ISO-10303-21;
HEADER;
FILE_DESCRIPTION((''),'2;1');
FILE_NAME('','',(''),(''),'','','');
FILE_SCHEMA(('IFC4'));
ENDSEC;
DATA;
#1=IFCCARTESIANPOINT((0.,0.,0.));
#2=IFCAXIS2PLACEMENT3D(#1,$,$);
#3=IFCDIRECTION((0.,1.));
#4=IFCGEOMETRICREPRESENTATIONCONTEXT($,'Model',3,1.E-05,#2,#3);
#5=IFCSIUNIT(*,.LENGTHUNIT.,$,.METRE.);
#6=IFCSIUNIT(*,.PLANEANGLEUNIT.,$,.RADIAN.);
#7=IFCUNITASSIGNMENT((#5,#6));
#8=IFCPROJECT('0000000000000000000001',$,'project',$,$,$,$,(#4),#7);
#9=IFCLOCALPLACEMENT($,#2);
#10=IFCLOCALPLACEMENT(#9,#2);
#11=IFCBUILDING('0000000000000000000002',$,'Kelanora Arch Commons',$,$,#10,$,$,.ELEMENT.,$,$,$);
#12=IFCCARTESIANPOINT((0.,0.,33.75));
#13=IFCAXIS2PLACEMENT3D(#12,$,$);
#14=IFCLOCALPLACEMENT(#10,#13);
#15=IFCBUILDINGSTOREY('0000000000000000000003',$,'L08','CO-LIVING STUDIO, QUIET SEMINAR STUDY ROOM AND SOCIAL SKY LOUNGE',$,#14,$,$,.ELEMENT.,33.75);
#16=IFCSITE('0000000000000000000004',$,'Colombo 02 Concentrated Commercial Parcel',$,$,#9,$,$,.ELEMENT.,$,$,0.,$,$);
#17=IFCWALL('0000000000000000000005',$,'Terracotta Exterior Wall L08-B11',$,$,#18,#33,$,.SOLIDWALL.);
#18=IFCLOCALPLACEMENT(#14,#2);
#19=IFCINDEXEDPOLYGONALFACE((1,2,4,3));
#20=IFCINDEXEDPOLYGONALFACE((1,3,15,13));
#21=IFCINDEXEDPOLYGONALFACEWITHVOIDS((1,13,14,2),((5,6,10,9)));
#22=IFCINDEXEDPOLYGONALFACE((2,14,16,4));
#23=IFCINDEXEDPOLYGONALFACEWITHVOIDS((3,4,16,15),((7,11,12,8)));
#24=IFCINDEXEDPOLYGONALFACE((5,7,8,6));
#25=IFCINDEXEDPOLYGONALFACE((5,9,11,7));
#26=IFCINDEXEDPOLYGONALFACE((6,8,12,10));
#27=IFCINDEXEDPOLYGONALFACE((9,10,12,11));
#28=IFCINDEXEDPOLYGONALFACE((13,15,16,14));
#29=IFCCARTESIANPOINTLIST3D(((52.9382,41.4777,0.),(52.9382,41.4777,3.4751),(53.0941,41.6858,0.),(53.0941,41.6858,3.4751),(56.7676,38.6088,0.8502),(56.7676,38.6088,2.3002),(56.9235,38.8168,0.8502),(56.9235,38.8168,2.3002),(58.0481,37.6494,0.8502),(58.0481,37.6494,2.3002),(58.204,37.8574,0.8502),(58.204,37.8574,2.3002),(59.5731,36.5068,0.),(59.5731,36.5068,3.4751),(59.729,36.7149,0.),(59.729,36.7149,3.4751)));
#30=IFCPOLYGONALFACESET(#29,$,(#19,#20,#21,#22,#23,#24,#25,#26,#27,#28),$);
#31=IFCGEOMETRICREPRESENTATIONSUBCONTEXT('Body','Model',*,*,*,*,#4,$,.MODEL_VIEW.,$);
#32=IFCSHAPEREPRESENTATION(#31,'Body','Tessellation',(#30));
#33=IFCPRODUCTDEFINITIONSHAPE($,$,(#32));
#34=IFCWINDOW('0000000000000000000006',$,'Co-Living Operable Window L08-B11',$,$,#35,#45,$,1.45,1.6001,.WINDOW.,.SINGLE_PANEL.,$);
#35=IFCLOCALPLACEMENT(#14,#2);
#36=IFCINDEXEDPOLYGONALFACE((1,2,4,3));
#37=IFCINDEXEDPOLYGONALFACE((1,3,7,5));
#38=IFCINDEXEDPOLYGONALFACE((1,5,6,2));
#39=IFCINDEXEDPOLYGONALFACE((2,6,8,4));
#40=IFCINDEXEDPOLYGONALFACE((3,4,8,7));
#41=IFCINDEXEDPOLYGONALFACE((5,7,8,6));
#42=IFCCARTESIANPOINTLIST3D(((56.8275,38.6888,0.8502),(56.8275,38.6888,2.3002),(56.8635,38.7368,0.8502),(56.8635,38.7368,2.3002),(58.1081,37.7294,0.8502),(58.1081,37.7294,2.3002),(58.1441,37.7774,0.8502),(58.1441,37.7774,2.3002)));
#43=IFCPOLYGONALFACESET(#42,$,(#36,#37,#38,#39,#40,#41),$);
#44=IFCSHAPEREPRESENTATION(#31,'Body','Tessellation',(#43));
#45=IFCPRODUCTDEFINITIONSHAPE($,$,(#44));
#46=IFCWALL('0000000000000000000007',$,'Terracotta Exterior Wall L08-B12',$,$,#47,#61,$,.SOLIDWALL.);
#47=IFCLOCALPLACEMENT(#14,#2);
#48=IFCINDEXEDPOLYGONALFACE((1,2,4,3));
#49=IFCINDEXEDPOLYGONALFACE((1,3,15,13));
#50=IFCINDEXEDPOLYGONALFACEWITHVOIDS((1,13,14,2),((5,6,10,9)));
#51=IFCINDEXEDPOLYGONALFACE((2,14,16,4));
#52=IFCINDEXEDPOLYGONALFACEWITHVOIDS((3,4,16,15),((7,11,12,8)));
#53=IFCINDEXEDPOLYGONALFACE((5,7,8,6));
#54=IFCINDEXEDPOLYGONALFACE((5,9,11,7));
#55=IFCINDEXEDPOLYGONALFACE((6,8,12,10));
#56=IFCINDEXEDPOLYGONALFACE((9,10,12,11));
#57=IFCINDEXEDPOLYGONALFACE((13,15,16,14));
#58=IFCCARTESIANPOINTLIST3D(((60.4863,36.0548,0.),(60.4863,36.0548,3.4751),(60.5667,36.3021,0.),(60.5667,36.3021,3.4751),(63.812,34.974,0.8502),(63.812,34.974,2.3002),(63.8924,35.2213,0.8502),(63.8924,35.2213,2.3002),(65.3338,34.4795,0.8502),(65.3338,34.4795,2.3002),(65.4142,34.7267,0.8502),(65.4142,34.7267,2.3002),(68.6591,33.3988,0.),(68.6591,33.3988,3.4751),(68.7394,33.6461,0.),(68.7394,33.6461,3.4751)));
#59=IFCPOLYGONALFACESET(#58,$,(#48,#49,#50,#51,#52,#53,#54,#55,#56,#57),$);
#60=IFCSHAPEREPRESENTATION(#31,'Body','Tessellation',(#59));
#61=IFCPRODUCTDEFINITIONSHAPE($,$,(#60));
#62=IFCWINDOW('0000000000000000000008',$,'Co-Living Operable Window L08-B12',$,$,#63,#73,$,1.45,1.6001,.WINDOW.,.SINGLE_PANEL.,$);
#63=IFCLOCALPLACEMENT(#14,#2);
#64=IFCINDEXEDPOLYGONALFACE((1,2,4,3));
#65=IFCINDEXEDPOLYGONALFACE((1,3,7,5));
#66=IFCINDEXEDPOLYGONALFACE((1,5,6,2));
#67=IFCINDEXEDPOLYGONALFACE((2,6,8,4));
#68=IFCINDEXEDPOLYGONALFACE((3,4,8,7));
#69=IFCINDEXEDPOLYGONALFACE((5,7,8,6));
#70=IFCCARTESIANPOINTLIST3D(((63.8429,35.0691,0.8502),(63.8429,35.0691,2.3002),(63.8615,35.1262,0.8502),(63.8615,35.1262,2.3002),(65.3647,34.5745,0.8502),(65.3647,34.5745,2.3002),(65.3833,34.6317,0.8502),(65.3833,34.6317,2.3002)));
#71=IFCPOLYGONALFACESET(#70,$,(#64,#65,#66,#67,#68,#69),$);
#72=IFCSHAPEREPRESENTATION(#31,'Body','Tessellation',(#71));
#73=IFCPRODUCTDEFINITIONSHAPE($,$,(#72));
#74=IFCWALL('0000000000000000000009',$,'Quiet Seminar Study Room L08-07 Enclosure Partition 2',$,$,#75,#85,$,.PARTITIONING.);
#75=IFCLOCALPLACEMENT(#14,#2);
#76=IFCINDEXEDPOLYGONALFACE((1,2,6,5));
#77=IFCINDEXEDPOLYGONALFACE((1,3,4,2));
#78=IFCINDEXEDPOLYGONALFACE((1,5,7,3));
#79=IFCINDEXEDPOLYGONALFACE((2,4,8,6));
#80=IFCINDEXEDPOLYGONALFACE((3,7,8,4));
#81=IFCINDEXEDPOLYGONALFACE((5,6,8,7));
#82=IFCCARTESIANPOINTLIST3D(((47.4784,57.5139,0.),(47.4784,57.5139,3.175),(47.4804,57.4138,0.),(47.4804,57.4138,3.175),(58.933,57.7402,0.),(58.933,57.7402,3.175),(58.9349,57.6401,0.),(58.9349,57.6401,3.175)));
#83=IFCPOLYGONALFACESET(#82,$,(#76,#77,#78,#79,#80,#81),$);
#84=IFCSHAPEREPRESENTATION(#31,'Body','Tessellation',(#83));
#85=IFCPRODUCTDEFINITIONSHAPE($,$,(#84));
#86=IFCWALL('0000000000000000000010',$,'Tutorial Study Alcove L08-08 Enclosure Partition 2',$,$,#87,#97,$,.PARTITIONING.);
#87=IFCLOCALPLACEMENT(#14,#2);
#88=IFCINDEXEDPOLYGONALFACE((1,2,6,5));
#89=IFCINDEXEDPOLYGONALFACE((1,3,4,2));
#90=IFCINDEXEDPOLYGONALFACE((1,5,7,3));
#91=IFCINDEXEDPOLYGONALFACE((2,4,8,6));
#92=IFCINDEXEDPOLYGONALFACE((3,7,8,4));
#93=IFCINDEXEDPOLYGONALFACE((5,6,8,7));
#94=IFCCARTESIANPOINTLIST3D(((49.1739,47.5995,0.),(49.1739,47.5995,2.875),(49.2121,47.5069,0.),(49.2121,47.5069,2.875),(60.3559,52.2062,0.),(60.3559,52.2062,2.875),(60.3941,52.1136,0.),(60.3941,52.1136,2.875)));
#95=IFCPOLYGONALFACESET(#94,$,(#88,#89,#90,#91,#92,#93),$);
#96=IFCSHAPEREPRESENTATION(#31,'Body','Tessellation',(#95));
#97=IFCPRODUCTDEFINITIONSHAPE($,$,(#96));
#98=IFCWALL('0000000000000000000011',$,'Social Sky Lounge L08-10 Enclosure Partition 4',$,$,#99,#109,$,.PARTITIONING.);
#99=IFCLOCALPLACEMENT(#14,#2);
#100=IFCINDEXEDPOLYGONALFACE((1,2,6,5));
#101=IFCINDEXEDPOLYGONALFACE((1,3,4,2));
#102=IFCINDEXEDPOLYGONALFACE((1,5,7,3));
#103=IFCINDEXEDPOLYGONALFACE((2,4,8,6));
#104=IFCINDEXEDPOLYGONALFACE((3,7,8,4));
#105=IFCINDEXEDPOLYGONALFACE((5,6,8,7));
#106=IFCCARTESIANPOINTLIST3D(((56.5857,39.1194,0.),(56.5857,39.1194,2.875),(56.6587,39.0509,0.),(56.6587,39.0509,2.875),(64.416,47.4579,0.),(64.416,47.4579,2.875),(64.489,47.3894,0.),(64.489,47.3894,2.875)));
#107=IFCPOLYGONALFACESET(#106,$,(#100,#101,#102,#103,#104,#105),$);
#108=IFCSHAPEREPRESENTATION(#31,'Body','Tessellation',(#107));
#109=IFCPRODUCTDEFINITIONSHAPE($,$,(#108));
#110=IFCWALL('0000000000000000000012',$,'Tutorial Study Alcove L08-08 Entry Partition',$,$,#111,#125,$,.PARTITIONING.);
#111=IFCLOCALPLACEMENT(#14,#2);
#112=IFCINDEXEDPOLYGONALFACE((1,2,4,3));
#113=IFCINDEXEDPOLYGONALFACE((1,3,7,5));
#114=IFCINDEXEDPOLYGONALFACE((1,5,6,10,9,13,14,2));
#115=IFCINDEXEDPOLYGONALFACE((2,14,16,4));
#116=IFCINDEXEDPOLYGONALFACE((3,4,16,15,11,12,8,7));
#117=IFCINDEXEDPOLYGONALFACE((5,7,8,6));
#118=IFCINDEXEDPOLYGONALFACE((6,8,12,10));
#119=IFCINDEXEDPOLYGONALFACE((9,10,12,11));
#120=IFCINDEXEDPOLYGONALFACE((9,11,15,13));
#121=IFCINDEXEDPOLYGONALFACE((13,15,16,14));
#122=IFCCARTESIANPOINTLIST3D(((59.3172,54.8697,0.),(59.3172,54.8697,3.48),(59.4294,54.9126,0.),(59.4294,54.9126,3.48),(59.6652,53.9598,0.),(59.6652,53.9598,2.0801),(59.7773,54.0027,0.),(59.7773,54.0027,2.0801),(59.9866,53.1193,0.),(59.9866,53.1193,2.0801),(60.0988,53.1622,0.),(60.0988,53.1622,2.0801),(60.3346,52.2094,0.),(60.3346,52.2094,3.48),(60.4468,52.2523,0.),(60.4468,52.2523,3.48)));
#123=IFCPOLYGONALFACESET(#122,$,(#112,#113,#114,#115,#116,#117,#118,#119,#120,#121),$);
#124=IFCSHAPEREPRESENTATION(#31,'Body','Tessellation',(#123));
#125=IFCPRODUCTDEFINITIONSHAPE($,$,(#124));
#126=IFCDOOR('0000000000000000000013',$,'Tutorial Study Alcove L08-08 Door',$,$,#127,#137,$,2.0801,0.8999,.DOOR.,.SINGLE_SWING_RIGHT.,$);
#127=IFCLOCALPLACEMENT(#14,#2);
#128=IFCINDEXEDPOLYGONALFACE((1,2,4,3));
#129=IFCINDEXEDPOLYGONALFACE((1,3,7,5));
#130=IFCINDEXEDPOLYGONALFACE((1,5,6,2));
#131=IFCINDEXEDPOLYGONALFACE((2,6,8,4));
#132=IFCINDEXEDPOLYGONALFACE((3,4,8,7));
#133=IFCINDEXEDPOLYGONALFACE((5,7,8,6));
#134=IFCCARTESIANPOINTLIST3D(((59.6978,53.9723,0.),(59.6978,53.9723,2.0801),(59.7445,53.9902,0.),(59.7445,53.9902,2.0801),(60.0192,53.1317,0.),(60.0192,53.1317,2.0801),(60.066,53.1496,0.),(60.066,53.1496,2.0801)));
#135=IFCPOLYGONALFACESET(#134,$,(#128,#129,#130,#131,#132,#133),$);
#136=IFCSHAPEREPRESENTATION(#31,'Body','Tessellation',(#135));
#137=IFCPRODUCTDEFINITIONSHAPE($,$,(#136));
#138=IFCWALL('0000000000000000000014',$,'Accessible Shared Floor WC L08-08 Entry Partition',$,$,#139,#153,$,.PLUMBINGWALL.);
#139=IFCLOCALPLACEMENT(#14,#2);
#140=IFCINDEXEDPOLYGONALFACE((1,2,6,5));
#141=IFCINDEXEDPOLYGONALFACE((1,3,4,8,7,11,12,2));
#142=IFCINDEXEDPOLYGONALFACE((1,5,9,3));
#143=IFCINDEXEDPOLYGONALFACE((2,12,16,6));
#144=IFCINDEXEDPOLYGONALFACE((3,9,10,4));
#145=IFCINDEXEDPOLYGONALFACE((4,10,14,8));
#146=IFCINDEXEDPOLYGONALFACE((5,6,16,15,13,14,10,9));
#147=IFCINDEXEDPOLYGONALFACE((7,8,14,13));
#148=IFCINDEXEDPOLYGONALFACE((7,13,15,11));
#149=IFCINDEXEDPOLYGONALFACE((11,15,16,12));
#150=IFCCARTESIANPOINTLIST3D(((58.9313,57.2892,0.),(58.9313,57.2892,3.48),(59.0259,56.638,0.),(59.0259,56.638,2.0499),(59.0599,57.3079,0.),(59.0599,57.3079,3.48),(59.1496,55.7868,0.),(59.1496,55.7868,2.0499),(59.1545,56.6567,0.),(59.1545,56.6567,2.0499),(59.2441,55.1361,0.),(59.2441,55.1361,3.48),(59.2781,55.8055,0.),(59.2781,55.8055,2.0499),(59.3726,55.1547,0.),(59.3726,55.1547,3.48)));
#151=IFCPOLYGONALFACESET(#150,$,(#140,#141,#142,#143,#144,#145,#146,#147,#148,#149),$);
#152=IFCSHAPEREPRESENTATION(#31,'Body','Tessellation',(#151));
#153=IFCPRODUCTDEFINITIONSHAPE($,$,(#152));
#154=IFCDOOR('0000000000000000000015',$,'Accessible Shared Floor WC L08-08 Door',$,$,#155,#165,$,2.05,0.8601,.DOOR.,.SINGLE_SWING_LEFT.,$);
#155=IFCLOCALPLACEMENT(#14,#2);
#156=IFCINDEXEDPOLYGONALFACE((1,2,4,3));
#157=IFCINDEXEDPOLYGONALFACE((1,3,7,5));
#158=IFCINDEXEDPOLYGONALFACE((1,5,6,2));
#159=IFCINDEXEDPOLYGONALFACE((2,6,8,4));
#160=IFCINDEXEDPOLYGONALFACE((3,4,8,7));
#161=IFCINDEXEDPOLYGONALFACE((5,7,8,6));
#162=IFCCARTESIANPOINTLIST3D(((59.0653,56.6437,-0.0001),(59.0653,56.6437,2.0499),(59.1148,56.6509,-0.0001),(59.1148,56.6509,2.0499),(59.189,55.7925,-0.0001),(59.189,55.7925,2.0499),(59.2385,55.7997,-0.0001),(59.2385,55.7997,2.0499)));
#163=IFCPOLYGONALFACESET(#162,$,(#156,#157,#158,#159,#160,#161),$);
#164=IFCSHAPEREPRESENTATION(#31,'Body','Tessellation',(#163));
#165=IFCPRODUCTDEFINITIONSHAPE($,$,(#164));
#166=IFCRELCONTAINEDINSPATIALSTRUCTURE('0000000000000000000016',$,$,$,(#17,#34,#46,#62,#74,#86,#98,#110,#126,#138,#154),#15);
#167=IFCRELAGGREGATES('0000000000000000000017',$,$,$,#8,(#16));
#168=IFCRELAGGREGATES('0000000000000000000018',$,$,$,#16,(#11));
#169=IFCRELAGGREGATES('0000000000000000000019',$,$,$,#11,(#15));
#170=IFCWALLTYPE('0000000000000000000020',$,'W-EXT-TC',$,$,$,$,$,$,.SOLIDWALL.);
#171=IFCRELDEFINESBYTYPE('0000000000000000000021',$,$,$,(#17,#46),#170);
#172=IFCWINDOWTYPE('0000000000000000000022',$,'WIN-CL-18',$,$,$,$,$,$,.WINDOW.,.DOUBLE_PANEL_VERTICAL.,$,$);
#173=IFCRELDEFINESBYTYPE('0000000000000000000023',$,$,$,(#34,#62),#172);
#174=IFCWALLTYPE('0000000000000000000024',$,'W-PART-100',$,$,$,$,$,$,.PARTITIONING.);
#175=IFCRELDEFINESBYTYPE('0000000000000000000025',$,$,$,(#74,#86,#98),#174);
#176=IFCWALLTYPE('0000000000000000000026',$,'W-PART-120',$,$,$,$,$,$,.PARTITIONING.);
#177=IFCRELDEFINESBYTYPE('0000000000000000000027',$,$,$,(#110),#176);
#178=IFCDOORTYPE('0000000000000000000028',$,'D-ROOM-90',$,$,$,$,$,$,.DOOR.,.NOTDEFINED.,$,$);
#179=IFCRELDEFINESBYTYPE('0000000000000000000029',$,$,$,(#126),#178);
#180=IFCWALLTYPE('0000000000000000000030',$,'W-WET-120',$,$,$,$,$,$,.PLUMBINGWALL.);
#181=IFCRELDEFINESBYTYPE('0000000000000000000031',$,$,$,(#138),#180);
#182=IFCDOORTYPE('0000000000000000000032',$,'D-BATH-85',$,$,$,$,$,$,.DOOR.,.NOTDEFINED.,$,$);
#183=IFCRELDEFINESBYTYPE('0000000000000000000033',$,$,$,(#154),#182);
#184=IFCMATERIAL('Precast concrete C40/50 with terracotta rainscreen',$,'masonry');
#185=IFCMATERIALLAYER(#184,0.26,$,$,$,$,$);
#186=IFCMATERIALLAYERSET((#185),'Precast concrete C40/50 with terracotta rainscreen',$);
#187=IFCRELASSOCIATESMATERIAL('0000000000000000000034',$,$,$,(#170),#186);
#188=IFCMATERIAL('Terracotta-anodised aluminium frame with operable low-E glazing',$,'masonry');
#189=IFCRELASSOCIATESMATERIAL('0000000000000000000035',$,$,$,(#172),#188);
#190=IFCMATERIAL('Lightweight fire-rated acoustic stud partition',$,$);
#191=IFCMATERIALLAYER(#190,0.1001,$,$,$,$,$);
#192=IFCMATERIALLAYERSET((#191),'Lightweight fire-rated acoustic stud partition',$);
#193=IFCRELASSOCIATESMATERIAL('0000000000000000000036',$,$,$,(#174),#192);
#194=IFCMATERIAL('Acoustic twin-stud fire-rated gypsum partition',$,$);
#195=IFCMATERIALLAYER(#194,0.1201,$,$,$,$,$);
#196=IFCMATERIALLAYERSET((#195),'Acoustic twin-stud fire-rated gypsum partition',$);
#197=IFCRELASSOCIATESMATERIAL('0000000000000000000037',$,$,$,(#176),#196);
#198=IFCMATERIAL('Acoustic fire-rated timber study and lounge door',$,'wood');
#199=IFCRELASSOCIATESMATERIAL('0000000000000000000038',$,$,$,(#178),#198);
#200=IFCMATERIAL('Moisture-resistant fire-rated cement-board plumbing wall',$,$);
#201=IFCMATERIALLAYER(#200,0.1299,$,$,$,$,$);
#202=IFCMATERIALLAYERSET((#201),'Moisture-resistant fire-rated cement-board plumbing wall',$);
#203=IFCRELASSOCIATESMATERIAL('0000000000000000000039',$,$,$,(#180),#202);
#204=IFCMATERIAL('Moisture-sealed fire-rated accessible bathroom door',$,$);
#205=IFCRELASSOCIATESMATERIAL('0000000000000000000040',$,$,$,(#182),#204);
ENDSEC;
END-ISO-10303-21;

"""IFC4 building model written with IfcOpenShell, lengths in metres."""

from ifc_helpers import new_model, si_unit, direction, frame, frame_2d, origin, place, context, subcontext, project, spatial, rectangle, extrude, material, layer, layer_set, type_object, element, fill, save


model = new_model("IFC4")

# Units and contexts
model_context = context("Model", 3, precision=1e-05, world=origin(), true_north=direction((0.0, 1.0)))
body_context = subcontext(model_context, "Body", "Model", "MODEL_VIEW")
ifc_project = project(units=[si_unit("LENGTHUNIT", "METRE"), si_unit("PLANEANGLEUNIT", "RADIAN")], contexts=[model_context])

# Site, building, storey
site_placement = place(None, origin())
site = spatial("IfcSite", under=ifc_project, at=site_placement, Name="Colombo 02 Concentrated Commercial Parcel", CompositionType="ELEMENT", RefElevation=0.0)
building_placement = place(site_placement, origin())
building = spatial("IfcBuilding", under=site, at=building_placement, Name="Kelanora Arch Commons", CompositionType="ELEMENT")
storey_placement = place(building_placement, frame((0.0, 0.0, 33.75)))
storey = spatial("IfcBuildingStorey", under=building, at=storey_placement, Name="L08", Description="CO-LIVING STUDIO, QUIET SEMINAR STUDY ROOM AND SOCIAL SKY LOUNGE", CompositionType="ELEMENT", Elevation=33.75)

# Walls, openings, windows
ifc_material_1 = material(Name="Precast concrete C40/50 with terracotta rainscreen", Category="masonry")
ifc_layer_1 = layer(ifc_material_1, 0.26)
ifc_layer_set_1 = layer_set([ifc_layer_1], Name="Precast concrete C40/50 with terracotta rainscreen")
wall_type_1 = type_object("IfcWallType", Name="W-EXT-TC", PredefinedType="SOLIDWALL", material=ifc_layer_set_1)
wall_1_placement = place(storey_placement, frame((53.0161, 41.5818, 0.0), z_axis=(0.0, 0.0, 1.0), x_axis=(0.800307, -0.59959, 0.0)))
wall_1 = element("IfcWall", 1, at=wall_1_placement, inside=storey, type_object=wall_type_1, Name="Terracotta Exterior Wall L08-B11", PredefinedType="SOLIDWALL", context=body_context, shape_type="SweptSolid", body=[
    extrude(rectangle(XDim=8.2905, YDim=0.26, at=frame_2d((4.1453, 0.0))), origin(), (0.0, 0.0, 1.0), 3.4751),
])
opening_1_placement = place(wall_1_placement, frame((4.7849, 0.0, 0.8501)))
opening_1 = element("IfcOpeningElement", 2, at=opening_1_placement, cuts=wall_1, PredefinedType="OPENING", context=body_context, shape_type="SweptSolid", body=[
    extrude(rectangle(XDim=1.6001, YDim=1.45, at=frame_2d((0.8, 0.7251))), frame((0.0, 0.1401, 0.0), z_axis=(0.0, -1.0, 0.0), x_axis=(1.0, 0.0, 0.0)), (0.0, 0.0, 1.0), 0.28),
])
ifc_material_2 = material(Name="Terracotta-anodised aluminium frame with operable low-E glazing", Category="masonry")
window_type = type_object("IfcWindowType", Name="WIN-CL-18", PartitioningType="DOUBLE_PANEL_VERTICAL", PredefinedType="WINDOW", material=ifc_material_2)
window_1_placement = place(opening_1_placement, origin())
window_1 = element("IfcWindow", 3, at=window_1_placement, inside=storey, type_object=window_type, Name="Co-Living Operable Window L08-B11", OverallHeight=1.45, OverallWidth=1.6001, PartitioningType="SINGLE_PANEL", PredefinedType="WINDOW", context=body_context, shape_type="SweptSolid", body=[
    extrude(rectangle(XDim=1.6001, YDim=1.45, at=frame_2d((0.8, 0.7251))), frame((0.0, 0.03, 0.0), z_axis=(0.0, -1.0, 0.0), x_axis=(1.0, 0.0, 0.0)), (0.0, 0.0, 1.0), 0.0601),
])
fill(opening_1, window_1)
wall_2_placement = place(storey_placement, frame((60.5264, 36.1785, 0.0), z_axis=(0.0, 0.0, 1.0), x_axis=(0.95104, -0.309068, 0.0)))
wall_2 = element("IfcWall", 4, at=wall_2_placement, inside=storey, type_object=wall_type_1, Name="Terracotta Exterior Wall L08-B12", PredefinedType="SOLIDWALL", context=body_context, shape_type="SweptSolid", body=[
    extrude(rectangle(XDim=8.5935, YDim=0.26, at=frame_2d((4.2969, 0.0))), origin(), (0.0, 0.0, 1.0), 3.4751),
])
opening_2_placement = place(wall_2_placement, frame((3.4971, 0.0, 0.8501)))
opening_2 = element("IfcOpeningElement", 5, at=opening_2_placement, cuts=wall_2, PredefinedType="OPENING", context=body_context, shape_type="SweptSolid", body=[
    extrude(rectangle(XDim=1.6001, YDim=1.45, at=frame_2d((0.8, 0.7251))), frame((0.0, 0.1401, 0.0), z_axis=(0.0, -1.0, 0.0), x_axis=(1.0, 0.0, 0.0)), (0.0, 0.0, 1.0), 0.28),
])
window_2_placement = place(opening_2_placement, origin())
window_2 = element("IfcWindow", 6, at=window_2_placement, inside=storey, type_object=window_type, Name="Co-Living Operable Window L08-B12", OverallHeight=1.45, OverallWidth=1.6001, PartitioningType="SINGLE_PANEL", PredefinedType="WINDOW", context=body_context, shape_type="SweptSolid", body=[
    extrude(rectangle(XDim=1.6001, YDim=1.45, at=frame_2d((0.8, 0.7251))), frame((0.0, 0.03, 0.0), z_axis=(0.0, -1.0, 0.0), x_axis=(1.0, 0.0, 0.0)), (0.0, 0.0, 1.0), 0.0601),
])
fill(opening_2, window_2)

# Walls
ifc_material_3 = material(Name="Lightweight fire-rated acoustic stud partition")
ifc_layer_2 = layer(ifc_material_3, 0.1001)
ifc_layer_set_2 = layer_set([ifc_layer_2], Name="Lightweight fire-rated acoustic stud partition")
wall_type_2 = type_object("IfcWallType", Name="W-PART-100", PredefinedType="PARTITIONING", material=ifc_layer_set_2)
wall_3_placement = place(storey_placement, frame((58.9341, 57.6902, 0.0), z_axis=(0.0, 0.0, 1.0), x_axis=(-0.999805, -0.019754, 0.0)))
element("IfcWall", 7, at=wall_3_placement, inside=storey, type_object=wall_type_2, Name="Quiet Seminar Study Room L08-07 Enclosure Partition 2", PredefinedType="PARTITIONING", context=body_context, shape_type="SweptSolid", body=[
    extrude(rectangle(XDim=11.4568, YDim=0.1001, at=frame_2d((5.7285, 0.0))), origin(), (0.0, 0.0, 1.0), 3.175),
])
wall_4_placement = place(storey_placement, frame((60.375, 52.1599, 0.0), z_axis=(0.0, 0.0, 1.0), x_axis=(-0.924609, -0.380918, 0.0)))
element("IfcWall", 8, at=wall_4_placement, inside=storey, type_object=wall_type_2, Name="Tutorial Study Alcove L08-08 Enclosure Partition 2", PredefinedType="PARTITIONING", context=body_context, shape_type="SweptSolid", body=[
    extrude(rectangle(XDim=12.0938, YDim=0.1001, at=frame_2d((6.0469, 0.0))), origin(), (0.0, 0.0, 1.0), 2.875),
])
wall_5_placement = place(storey_placement, frame((56.6223, 39.0852, 0.0), z_axis=(0.0, 0.0, 1.0), x_axis=(0.684539, 0.728976, 0.0)))
element("IfcWall", 9, at=wall_5_placement, inside=storey, type_object=wall_type_2, Name="Social Sky Lounge L08-10 Enclosure Partition 4", PredefinedType="PARTITIONING", context=body_context, shape_type="SweptSolid", body=[
    extrude(rectangle(XDim=11.4387, YDim=0.1001, at=frame_2d((5.7192, 0.0))), origin(), (0.0, 0.0, 1.0), 2.875),
])

# Walls, openings, doors
ifc_material_4 = material(Name="Acoustic twin-stud fire-rated gypsum partition")
ifc_layer_3 = layer(ifc_material_4, 0.1201)
ifc_layer_set_3 = layer_set([ifc_layer_3], Name="Acoustic twin-stud fire-rated gypsum partition")
wall_type_3 = type_object("IfcWallType", Name="W-PART-120", PredefinedType="PARTITIONING", material=ifc_layer_set_3)
wall_6_placement = place(storey_placement, frame((59.3733, 54.8911, 0.0), z_axis=(0.0, 0.0, 1.0), x_axis=(0.357203, -0.934027, 0.0)))
wall_6 = element("IfcWall", 10, at=wall_6_placement, inside=storey, type_object=wall_type_3, Name="Tutorial Study Alcove L08-08 Entry Partition", PredefinedType="PARTITIONING", context=body_context, shape_type="SweptSolid", body=[
    extrude(rectangle(XDim=2.8481, YDim=0.1201, at=frame_2d((1.4241, 0.0))), origin(), (0.0, 0.0, 1.0), 3.48),
])
opening_3_placement = place(wall_6_placement, frame((0.9741, 0.0, 0.0)))
opening_3 = element("IfcOpeningElement", 11, at=opening_3_placement, cuts=wall_6, PredefinedType="OPENING", context=body_context, shape_type="SweptSolid", body=[
    extrude(rectangle(XDim=0.8999, YDim=2.0801, at=frame_2d((0.45, 1.04))), frame((0.0, 0.0701, 0.0), z_axis=(0.0, -1.0, 0.0), x_axis=(1.0, 0.0, 0.0)), (0.0, 0.0, 1.0), 0.1401),
])
ifc_material_5 = material(Name="Acoustic fire-rated timber study and lounge door", Category="wood")
door_type_1 = type_object("IfcDoorType", Name="D-ROOM-90", OperationType="NOTDEFINED", PredefinedType="DOOR", material=ifc_material_5)
door_1_placement = place(opening_3_placement, origin())
door_1 = element("IfcDoor", 12, at=door_1_placement, inside=storey, type_object=door_type_1, Name="Tutorial Study Alcove L08-08 Door", OperationType="SINGLE_SWING_RIGHT", OverallHeight=2.0801, OverallWidth=0.8999, PredefinedType="DOOR", context=body_context, shape_type="SweptSolid", body=[
    extrude(rectangle(XDim=0.8999, YDim=2.0801, at=frame_2d((0.45, 1.04))), frame((0.0, 0.0249, 0.0), z_axis=(0.0, -1.0, 0.0), x_axis=(1.0, 0.0, 0.0)), (0.0, 0.0, 1.0), 0.05),
])
fill(opening_3, door_1)
ifc_material_6 = material(Name="Moisture-resistant fire-rated cement-board plumbing wall")
ifc_layer_4 = layer(ifc_material_6, 0.1299)
ifc_layer_set_4 = layer_set([ifc_layer_4], Name="Moisture-resistant fire-rated cement-board plumbing wall")
wall_type_4 = type_object("IfcWallType", Name="W-WET-120", PredefinedType="PLUMBINGWALL", material=ifc_layer_set_4)
wall_7_placement = place(storey_placement, frame((58.9956, 57.2986, 0.0), z_axis=(0.0, 0.0, 1.0), x_axis=(0.143746, -0.989615, 0.0)))
wall_7 = element("IfcWall", 13, at=wall_7_placement, inside=storey, type_object=wall_type_4, Name="Accessible Shared Floor WC L08-08 Entry Partition", PredefinedType="PLUMBINGWALL", context=body_context, shape_type="SweptSolid", body=[
    extrude(rectangle(XDim=2.1758, YDim=0.1299, at=frame_2d((1.0879, 0.0))), origin(), (0.0, 0.0, 1.0), 3.48),
])
opening_4_placement = place(wall_7_placement, frame((0.658, 0.0, 0.0)))
opening_4 = element("IfcOpeningElement", 14, at=opening_4_placement, cuts=wall_7, PredefinedType="OPENING", context=body_context, shape_type="SweptSolid", body=[
    extrude(rectangle(XDim=0.8601, YDim=2.05, at=frame_2d((0.4302, 1.0249))), frame((0.0, 0.075, 0.0), z_axis=(0.0, -1.0, 0.0), x_axis=(1.0, 0.0, 0.0)), (0.0, 0.0, 1.0), 0.1499),
])
ifc_material_7 = material(Name="Moisture-sealed fire-rated accessible bathroom door")
door_type_2 = type_object("IfcDoorType", Name="D-BATH-85", OperationType="NOTDEFINED", PredefinedType="DOOR", material=ifc_material_7)
door_2_placement = place(opening_4_placement, origin())
door_2 = element("IfcDoor", 15, at=door_2_placement, inside=storey, type_object=door_type_2, Name="Accessible Shared Floor WC L08-08 Door", OperationType="SINGLE_SWING_LEFT", OverallHeight=2.05, OverallWidth=0.8601, PredefinedType="DOOR", context=body_context, shape_type="SweptSolid", body=[
    extrude(rectangle(XDim=0.8601, YDim=2.05, at=frame_2d((0.4302, 1.0249))), frame((0.0, 0.0249, 0.0), z_axis=(0.0, -1.0, 0.0), x_axis=(1.0, 0.0, 0.0)), (0.0, 0.0, 1.0), 0.05),
])
fill(opening_4, door_2)

save(model, "model.ifc")
